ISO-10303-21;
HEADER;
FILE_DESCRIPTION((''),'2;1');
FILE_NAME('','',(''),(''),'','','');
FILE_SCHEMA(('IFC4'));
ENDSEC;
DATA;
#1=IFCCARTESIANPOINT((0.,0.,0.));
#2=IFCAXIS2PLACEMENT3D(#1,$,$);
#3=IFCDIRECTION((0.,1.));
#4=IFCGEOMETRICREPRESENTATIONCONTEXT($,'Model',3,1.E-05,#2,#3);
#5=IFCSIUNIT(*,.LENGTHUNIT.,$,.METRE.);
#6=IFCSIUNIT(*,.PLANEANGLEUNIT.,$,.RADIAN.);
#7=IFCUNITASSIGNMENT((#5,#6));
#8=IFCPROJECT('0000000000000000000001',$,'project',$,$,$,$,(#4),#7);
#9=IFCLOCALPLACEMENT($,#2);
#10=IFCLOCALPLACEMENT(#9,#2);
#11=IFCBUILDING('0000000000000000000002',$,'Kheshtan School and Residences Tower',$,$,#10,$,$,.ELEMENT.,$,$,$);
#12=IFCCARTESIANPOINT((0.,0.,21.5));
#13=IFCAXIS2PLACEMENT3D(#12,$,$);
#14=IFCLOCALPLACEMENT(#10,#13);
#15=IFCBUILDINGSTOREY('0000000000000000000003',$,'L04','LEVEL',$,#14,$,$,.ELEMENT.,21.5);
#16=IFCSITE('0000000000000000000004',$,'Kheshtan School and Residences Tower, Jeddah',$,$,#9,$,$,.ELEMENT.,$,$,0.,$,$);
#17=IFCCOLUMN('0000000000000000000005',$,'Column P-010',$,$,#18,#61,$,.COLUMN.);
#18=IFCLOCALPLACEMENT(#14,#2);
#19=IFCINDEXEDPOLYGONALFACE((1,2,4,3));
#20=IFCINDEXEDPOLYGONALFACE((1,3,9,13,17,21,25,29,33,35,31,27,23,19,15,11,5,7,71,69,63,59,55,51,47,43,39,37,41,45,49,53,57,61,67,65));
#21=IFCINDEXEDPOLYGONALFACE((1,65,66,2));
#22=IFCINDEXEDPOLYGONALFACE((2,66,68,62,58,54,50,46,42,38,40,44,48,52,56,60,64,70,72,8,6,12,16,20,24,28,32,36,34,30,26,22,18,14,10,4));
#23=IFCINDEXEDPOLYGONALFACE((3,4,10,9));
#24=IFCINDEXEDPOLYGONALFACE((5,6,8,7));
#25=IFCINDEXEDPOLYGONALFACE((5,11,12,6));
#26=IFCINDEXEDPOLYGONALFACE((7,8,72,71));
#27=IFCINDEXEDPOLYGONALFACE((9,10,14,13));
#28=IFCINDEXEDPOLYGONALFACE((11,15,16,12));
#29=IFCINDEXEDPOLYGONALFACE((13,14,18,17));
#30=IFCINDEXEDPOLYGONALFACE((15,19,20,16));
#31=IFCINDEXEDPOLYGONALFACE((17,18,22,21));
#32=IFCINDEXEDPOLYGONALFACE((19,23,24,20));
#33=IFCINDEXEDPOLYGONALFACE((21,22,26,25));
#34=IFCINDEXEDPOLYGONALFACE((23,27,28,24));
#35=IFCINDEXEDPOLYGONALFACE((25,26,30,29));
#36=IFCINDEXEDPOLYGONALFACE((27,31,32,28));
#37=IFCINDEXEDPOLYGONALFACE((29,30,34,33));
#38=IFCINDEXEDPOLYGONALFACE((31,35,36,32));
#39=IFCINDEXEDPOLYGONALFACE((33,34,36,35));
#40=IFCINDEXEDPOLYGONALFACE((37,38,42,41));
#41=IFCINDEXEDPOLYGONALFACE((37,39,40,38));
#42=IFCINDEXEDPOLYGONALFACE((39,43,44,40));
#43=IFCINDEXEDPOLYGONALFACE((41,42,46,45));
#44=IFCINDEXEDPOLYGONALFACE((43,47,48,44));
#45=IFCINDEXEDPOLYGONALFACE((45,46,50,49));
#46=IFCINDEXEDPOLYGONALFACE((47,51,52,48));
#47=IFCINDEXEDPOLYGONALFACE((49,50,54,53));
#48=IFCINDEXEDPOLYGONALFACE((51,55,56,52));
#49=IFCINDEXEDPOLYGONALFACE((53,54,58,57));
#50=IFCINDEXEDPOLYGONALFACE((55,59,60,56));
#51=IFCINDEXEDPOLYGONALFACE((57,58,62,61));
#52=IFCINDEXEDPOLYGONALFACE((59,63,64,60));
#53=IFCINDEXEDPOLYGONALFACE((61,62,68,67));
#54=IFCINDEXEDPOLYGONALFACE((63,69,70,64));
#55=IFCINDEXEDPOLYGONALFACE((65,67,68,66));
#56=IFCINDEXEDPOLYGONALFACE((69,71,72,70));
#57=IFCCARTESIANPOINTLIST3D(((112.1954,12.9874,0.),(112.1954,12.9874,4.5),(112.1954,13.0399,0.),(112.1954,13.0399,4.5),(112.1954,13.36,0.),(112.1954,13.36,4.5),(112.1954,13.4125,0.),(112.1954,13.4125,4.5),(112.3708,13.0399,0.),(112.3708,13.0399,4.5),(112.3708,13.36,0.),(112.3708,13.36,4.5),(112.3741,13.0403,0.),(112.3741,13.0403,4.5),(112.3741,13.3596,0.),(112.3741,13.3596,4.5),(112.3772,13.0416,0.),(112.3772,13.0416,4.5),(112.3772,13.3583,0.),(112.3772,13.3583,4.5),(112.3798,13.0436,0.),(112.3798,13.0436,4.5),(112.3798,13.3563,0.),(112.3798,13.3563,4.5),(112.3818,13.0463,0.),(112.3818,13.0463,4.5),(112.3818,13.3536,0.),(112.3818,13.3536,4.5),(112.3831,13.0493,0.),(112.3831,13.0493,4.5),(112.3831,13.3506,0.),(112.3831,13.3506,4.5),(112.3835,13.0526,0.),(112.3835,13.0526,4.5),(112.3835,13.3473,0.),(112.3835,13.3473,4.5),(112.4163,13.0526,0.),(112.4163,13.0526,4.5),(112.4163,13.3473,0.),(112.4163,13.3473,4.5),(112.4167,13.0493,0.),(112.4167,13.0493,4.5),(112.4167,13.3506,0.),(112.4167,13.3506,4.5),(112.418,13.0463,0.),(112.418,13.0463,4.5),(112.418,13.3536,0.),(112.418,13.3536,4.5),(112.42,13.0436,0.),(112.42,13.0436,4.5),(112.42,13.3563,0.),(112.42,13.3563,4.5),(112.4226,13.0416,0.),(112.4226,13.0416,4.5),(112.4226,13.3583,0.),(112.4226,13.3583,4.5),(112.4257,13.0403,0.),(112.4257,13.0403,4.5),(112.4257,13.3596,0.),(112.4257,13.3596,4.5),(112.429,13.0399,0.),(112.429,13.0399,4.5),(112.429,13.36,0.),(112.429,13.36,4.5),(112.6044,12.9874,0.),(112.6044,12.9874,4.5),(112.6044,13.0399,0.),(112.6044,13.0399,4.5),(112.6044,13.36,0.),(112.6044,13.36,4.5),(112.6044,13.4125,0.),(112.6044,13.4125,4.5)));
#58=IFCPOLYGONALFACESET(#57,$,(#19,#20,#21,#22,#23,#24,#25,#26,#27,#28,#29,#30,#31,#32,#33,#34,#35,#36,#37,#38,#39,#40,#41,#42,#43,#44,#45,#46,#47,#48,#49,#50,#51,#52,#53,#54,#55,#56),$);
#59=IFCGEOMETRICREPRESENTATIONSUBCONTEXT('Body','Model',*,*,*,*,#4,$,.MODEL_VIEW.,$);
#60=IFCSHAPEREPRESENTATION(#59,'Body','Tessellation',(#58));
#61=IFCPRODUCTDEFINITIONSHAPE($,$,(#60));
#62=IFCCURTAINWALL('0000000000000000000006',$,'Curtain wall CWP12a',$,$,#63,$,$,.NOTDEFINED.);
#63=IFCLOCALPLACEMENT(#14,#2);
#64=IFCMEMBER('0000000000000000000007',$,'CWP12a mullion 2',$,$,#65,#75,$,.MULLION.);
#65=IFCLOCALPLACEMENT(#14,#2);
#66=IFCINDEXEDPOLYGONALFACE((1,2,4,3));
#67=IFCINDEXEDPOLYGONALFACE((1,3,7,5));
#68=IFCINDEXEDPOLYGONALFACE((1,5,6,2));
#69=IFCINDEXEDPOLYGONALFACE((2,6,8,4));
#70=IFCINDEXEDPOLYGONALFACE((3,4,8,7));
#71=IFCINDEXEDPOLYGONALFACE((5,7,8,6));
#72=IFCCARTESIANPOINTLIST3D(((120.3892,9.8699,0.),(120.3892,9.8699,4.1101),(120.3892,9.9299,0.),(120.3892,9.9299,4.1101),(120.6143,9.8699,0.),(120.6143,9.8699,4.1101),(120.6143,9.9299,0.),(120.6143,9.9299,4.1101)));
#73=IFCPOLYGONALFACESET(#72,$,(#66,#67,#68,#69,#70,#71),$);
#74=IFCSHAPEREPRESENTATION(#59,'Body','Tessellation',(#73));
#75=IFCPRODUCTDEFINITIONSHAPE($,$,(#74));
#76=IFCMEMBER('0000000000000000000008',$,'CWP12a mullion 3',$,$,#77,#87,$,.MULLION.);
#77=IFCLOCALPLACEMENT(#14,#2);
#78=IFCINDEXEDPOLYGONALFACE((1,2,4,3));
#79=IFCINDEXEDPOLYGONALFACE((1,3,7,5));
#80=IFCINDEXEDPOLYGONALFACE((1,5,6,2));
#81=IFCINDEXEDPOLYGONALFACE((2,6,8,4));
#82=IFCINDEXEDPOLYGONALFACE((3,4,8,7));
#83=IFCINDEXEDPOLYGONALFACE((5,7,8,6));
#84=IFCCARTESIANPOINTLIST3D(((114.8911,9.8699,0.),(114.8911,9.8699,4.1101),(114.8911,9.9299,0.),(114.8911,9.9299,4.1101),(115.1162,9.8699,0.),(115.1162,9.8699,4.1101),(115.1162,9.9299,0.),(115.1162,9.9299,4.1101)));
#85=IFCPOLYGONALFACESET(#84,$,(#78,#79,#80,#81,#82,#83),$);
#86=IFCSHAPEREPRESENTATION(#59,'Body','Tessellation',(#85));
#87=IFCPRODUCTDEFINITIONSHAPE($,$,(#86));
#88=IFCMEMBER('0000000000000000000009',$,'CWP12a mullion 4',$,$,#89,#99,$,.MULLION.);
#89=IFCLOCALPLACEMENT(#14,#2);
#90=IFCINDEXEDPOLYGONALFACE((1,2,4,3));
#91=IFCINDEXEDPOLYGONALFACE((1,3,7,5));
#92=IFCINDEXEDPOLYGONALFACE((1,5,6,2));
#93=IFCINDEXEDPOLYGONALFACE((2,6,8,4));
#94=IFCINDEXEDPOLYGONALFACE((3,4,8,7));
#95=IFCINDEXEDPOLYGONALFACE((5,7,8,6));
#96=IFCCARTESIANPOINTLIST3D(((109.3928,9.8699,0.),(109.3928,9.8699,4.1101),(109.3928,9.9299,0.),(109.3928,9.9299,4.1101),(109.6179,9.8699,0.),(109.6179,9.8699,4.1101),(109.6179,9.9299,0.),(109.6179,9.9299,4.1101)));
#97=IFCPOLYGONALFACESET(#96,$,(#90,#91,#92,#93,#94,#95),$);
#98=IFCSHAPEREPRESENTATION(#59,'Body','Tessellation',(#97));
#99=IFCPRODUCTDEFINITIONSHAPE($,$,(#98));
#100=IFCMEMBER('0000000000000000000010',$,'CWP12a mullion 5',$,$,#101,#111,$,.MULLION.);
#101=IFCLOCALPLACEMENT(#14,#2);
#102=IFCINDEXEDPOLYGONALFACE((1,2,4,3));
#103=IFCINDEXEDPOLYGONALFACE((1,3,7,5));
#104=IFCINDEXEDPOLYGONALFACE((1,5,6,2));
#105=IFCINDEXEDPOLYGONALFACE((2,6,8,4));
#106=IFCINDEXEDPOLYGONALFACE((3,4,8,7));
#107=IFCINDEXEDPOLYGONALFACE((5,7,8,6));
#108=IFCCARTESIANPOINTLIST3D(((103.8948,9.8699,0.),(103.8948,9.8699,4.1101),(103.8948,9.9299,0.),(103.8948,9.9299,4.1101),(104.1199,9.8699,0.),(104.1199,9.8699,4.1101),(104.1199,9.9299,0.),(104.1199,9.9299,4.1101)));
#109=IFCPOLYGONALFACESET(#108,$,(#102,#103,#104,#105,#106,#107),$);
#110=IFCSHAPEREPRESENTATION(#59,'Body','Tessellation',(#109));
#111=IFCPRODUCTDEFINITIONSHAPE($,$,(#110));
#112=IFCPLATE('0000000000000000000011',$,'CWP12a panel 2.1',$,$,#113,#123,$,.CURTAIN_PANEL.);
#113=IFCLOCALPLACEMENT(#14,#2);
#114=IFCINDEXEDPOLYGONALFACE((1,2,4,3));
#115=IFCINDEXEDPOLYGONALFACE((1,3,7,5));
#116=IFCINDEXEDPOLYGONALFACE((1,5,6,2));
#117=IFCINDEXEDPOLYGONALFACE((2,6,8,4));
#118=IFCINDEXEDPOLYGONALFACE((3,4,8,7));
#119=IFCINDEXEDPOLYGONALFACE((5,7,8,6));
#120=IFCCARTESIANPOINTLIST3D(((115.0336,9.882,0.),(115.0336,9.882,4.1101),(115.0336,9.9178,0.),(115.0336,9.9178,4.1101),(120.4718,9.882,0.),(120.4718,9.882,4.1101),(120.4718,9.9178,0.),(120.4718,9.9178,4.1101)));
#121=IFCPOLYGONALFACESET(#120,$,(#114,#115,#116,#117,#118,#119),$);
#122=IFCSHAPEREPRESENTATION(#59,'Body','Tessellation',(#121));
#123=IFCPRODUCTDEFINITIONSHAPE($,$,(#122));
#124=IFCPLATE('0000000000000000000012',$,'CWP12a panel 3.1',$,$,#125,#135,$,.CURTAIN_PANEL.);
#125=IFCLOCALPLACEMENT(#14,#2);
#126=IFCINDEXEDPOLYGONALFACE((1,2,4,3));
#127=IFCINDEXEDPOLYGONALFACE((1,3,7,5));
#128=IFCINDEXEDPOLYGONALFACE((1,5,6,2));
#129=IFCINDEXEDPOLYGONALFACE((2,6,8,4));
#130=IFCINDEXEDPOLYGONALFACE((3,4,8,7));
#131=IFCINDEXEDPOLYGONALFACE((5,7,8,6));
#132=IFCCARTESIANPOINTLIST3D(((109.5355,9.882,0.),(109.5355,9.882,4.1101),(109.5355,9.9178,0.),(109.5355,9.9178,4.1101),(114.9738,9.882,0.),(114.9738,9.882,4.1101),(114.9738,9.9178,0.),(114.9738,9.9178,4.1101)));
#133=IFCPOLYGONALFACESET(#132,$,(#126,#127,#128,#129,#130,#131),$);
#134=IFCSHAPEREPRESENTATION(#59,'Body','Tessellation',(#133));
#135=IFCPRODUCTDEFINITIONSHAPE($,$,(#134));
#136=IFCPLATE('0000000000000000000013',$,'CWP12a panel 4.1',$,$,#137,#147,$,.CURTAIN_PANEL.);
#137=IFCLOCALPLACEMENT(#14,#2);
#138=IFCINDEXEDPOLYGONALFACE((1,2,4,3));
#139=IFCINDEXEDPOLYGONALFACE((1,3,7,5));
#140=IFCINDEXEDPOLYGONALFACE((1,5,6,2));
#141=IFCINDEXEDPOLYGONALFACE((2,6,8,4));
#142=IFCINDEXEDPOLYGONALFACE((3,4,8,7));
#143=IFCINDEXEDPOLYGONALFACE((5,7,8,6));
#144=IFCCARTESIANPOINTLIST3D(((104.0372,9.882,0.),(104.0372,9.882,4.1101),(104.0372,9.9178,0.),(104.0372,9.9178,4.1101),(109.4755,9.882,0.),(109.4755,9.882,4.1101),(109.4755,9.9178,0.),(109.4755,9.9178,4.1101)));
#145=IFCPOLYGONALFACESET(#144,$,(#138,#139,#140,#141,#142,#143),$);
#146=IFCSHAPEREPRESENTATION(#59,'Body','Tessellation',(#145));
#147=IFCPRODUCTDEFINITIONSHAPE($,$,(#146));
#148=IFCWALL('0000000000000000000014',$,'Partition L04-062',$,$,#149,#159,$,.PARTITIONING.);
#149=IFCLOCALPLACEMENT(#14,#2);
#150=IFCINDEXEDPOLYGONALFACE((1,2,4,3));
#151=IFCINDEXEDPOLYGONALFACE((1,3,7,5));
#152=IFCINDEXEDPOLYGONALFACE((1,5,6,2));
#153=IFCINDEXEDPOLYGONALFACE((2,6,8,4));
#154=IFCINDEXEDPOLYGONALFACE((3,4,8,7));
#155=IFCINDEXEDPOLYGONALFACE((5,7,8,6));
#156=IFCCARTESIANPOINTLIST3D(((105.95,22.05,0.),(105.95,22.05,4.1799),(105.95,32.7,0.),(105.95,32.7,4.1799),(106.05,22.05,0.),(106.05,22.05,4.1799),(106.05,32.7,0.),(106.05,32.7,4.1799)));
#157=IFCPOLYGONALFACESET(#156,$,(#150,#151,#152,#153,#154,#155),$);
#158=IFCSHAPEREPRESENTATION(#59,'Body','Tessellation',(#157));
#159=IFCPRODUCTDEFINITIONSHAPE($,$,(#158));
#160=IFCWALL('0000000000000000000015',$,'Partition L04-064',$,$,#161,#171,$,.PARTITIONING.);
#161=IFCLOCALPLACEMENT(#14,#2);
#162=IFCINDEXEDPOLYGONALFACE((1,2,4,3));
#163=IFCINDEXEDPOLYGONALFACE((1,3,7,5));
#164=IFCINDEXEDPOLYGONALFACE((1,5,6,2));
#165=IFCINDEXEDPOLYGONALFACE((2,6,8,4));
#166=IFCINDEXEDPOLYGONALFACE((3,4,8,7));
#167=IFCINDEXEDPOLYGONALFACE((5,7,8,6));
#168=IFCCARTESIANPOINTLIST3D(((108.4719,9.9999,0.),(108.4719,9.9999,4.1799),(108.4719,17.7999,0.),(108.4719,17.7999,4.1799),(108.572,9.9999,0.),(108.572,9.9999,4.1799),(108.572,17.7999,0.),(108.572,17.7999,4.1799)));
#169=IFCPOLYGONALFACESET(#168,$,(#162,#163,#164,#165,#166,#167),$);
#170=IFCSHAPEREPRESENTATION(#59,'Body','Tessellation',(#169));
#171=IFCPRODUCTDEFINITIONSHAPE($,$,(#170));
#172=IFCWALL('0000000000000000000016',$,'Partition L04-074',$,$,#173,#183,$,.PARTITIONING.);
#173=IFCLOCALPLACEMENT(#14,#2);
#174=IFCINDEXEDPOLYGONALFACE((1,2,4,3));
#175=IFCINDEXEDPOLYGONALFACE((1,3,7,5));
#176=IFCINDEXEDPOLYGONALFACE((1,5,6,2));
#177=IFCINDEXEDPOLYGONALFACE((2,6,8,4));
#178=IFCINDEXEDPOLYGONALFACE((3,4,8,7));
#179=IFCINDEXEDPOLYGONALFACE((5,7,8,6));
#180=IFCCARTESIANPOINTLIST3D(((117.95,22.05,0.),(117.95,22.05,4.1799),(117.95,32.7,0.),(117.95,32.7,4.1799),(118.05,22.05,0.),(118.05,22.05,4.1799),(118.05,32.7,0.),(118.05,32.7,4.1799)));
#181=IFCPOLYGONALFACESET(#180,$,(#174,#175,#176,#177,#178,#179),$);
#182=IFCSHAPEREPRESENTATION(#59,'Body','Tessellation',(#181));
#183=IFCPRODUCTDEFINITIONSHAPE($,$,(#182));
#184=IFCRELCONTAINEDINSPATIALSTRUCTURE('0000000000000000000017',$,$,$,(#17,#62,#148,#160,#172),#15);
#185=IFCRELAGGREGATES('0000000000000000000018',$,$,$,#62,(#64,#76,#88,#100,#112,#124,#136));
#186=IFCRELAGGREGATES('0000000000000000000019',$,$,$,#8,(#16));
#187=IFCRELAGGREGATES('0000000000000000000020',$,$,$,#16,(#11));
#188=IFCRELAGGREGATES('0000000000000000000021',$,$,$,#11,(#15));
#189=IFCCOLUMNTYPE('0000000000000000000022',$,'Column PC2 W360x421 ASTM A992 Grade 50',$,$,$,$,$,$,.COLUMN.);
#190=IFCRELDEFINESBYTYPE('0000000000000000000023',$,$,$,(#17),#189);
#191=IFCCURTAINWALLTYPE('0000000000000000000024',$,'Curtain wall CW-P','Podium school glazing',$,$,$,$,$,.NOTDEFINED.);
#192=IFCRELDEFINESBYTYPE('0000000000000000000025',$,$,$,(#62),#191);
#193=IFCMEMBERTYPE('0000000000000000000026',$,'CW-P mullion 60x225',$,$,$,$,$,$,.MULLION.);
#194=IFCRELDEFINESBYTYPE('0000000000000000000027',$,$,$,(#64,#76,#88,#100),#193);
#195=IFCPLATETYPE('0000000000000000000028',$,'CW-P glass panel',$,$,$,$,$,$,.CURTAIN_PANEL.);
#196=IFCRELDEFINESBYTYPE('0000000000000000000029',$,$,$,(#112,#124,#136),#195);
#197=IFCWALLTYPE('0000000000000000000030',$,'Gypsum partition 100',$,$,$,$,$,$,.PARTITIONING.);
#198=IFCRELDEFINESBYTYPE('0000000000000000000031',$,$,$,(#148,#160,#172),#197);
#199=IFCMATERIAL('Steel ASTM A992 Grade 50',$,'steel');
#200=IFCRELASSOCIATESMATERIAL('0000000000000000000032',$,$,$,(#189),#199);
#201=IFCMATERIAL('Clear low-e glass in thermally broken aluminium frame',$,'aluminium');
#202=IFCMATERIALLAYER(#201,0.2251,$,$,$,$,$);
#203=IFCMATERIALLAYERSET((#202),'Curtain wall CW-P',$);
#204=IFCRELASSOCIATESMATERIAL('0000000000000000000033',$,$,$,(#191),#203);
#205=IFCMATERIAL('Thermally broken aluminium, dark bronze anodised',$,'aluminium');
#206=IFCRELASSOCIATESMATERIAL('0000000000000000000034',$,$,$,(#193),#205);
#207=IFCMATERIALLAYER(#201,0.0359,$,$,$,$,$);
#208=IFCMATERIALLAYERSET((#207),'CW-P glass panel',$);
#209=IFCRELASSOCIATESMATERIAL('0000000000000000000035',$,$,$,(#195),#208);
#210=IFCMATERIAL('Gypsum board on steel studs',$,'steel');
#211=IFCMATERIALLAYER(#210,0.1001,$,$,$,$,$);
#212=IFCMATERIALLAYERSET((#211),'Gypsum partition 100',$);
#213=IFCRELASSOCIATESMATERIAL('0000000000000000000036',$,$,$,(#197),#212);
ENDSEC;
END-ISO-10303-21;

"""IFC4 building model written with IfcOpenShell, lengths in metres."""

from ifc_helpers import new_model, si_unit, direction, frame, frame_2d, origin, origin_2d, place, context, subcontext, project, spatial, rectangle, i_section, extrude, material, layer, layer_set, material_profile, profile_set, type_object, element, aggregate, save


model = new_model("IFC4")

# Units and contexts
model_context = context("Model", 3, precision=1e-05, world=origin(), true_north=direction((0.0, 1.0)))
body_context = subcontext(model_context, "Body", "Model", "MODEL_VIEW")
ifc_project = project(units=[si_unit("LENGTHUNIT", "METRE"), si_unit("PLANEANGLEUNIT", "RADIAN")], contexts=[model_context])

# Site, building, storey
site_placement = place(None, origin())
site = spatial("IfcSite", under=ifc_project, at=site_placement, Name="Kheshtan School and Residences Tower, Jeddah", CompositionType="ELEMENT", RefElevation=0.0)
building_placement = place(site_placement, origin())
building = spatial("IfcBuilding", under=site, at=building_placement, Name="Kheshtan School and Residences Tower", CompositionType="ELEMENT")
storey_placement = place(building_placement, frame((0.0, 0.0, 21.5)))
storey = spatial("IfcBuildingStorey", under=building, at=storey_placement, Name="L04", Description="LEVEL", CompositionType="ELEMENT", Elevation=21.5)

# Column
ifc_material_1 = material(Name="Steel ASTM A992 Grade 50", Category="steel")
ifc_material_profile_1 = material_profile(ifc_material_1, i_section(OverallWidth=0.4089, OverallDepth=0.425, WebThickness=0.0327, FlangeThickness=0.0525, FilletRadius=0.0127, at=origin_2d()), Name="W360x421")
ifc_profile_set_1 = profile_set([ifc_material_profile_1], Name="Steel ASTM A992 Grade 50")
column_type = type_object("IfcColumnType", Name="Column PC2 W360x421 ASTM A992 Grade 50", PredefinedType="COLUMN", material=ifc_profile_set_1)
column_placement = place(storey_placement, frame((112.3999, 13.2, 0.0), z_axis=(0.0, 0.0, 1.0), x_axis=(1.0, 0.0, 0.0)))
element("IfcColumn", 1, at=column_placement, inside=storey, type_object=column_type, Name="Column P-010", PredefinedType="COLUMN", context=body_context, shape_type="SweptSolid", body=[
    extrude(i_section(OverallWidth=0.4089, OverallDepth=0.425, WebThickness=0.0327, FlangeThickness=0.0525, FilletRadius=0.0127, at=origin_2d()), origin(), (0.0, 0.0, 1.0), 4.5),
])

# Curtain wall, members, plates
ifc_material_2 = material(Name="Clear low-e glass in thermally broken aluminium frame", Category="aluminium")
ifc_layer_1 = layer(ifc_material_2, 0.2251)
ifc_layer_set_1 = layer_set([ifc_layer_1], Name="Curtain wall CW-P")
curtain_wall_type = type_object("IfcCurtainWallType", Name="Curtain wall CW-P", Description="Podium school glazing", PredefinedType="NOTDEFINED", material=ifc_layer_set_1)
curtain_wall_placement = place(storey_placement, origin())
curtain_wall = element("IfcCurtainWall", 2, at=curtain_wall_placement, inside=storey, type_object=curtain_wall_type, Name="Curtain wall CWP12a", PredefinedType="NOTDEFINED")
ifc_material_3 = material(Name="Thermally broken aluminium, dark bronze anodised", Category="aluminium")
ifc_material_profile_2 = material_profile(ifc_material_3, rectangle(XDim=0.0601, YDim=0.2251, at=origin_2d()), Name="CW-P mullion 60x225")
ifc_profile_set_2 = profile_set([ifc_material_profile_2], Name="Thermally broken aluminium, dark bronze anodised")
member_type = type_object("IfcMemberType", Name="CW-P mullion 60x225", PredefinedType="MULLION", material=ifc_profile_set_2)
member_1_placement = place(storey_placement, frame((120.5017, 9.8999, 0.0), z_axis=(0.0, 0.0, 1.0), x_axis=(0.0, -1.0, 0.0)))
member_1 = element("IfcMember", 3, at=member_1_placement, type_object=member_type, Name="CWP12a mullion 2", PredefinedType="MULLION", context=body_context, shape_type="SweptSolid", body=[
    extrude(rectangle(XDim=0.0601, YDim=0.2251, at=origin_2d()), origin(), (0.0, 0.0, 1.0), 4.1101),
])
member_2_placement = place(storey_placement, frame((115.0037, 9.8999, 0.0), z_axis=(0.0, 0.0, 1.0), x_axis=(0.0, -1.0, 0.0)))
member_2 = element("IfcMember", 4, at=member_2_placement, type_object=member_type, Name="CWP12a mullion 3", PredefinedType="MULLION", context=body_context, shape_type="SweptSolid", body=[
    extrude(rectangle(XDim=0.0601, YDim=0.2251, at=origin_2d()), origin(), (0.0, 0.0, 1.0), 4.1101),
])
member_3_placement = place(storey_placement, frame((109.5054, 9.8999, 0.0), z_axis=(0.0, 0.0, 1.0), x_axis=(0.0, -1.0, 0.0)))
member_3 = element("IfcMember", 5, at=member_3_placement, type_object=member_type, Name="CWP12a mullion 4", PredefinedType="MULLION", context=body_context, shape_type="SweptSolid", body=[
    extrude(rectangle(XDim=0.0601, YDim=0.2251, at=origin_2d()), origin(), (0.0, 0.0, 1.0), 4.1101),
])
member_4_placement = place(storey_placement, frame((104.0073, 9.8999, 0.0), z_axis=(0.0, 0.0, 1.0), x_axis=(0.0, -1.0, 0.0)))
member_4 = element("IfcMember", 6, at=member_4_placement, type_object=member_type, Name="CWP12a mullion 5", PredefinedType="MULLION", context=body_context, shape_type="SweptSolid", body=[
    extrude(rectangle(XDim=0.0601, YDim=0.2251, at=origin_2d()), origin(), (0.0, 0.0, 1.0), 4.1101),
])
ifc_layer_2 = layer(ifc_material_2, 0.0359)
ifc_layer_set_2 = layer_set([ifc_layer_2], Name="CW-P glass panel")
plate_type = type_object("IfcPlateType", Name="CW-P glass panel", PredefinedType="CURTAIN_PANEL", material=ifc_layer_set_2)
plate_1_placement = place(storey_placement, frame((117.7527, 9.8999, 0.0), z_axis=(0.0, 0.0, 1.0), x_axis=(-1.0, 0.0, 0.0)))
plate_1 = element("IfcPlate", 7, at=plate_1_placement, type_object=plate_type, Name="CWP12a panel 2.1", PredefinedType="CURTAIN_PANEL", context=body_context, shape_type="SweptSolid", body=[
    extrude(rectangle(XDim=5.4382, YDim=0.0359, at=origin_2d()), origin(), (0.0, 0.0, 1.0), 4.1101),
])
plate_2_placement = place(storey_placement, frame((112.2546, 9.8999, 0.0), z_axis=(0.0, 0.0, 1.0), x_axis=(-1.0, 0.0, 0.0)))
plate_2 = element("IfcPlate", 8, at=plate_2_placement, type_object=plate_type, Name="CWP12a panel 3.1", PredefinedType="CURTAIN_PANEL", context=body_context, shape_type="SweptSolid", body=[
    extrude(rectangle(XDim=5.4382, YDim=0.0359, at=origin_2d()), origin(), (0.0, 0.0, 1.0), 4.1101),
])
plate_3_placement = place(storey_placement, frame((106.7563, 9.8999, 0.0), z_axis=(0.0, 0.0, 1.0), x_axis=(-1.0, 0.0, 0.0)))
plate_3 = element("IfcPlate", 9, at=plate_3_placement, type_object=plate_type, Name="CWP12a panel 4.1", PredefinedType="CURTAIN_PANEL", context=body_context, shape_type="SweptSolid", body=[
    extrude(rectangle(XDim=5.4382, YDim=0.0359, at=origin_2d()), origin(), (0.0, 0.0, 1.0), 4.1101),
])
aggregate(curtain_wall, [member_1, member_2, member_3, member_4, plate_1, plate_2, plate_3])

# Walls
ifc_material_4 = material(Name="Gypsum board on steel studs", Category="steel")
ifc_layer_3 = layer(ifc_material_4, 0.1001)
ifc_layer_set_3 = layer_set([ifc_layer_3], Name="Gypsum partition 100")
wall_type_1 = type_object("IfcWallType", Name="Gypsum partition 100", PredefinedType="PARTITIONING", material=ifc_layer_set_3)
wall_1_placement = place(storey_placement, frame((106.0, 22.05, 0.0), z_axis=(0.0, 0.0, 1.0), x_axis=(0.0, 1.0, 0.0)))
element("IfcWall", 10, at=wall_1_placement, inside=storey, type_object=wall_type_1, Name="Partition L04-062", PredefinedType="PARTITIONING", context=body_context, shape_type="SweptSolid", body=[
    extrude(rectangle(XDim=10.6499, YDim=0.1001, at=frame_2d((5.325, 0.0))), origin(), (0.0, 0.0, 1.0), 4.1799),
])
wall_2_placement = place(storey_placement, frame((108.522, 10.0, 0.0), z_axis=(0.0, 0.0, 1.0), x_axis=(0.0, 1.0, 0.0)))
element("IfcWall", 11, at=wall_2_placement, inside=storey, type_object=wall_type_1, Name="Partition L04-064", PredefinedType="PARTITIONING", context=body_context, shape_type="SweptSolid", body=[
    extrude(rectangle(XDim=7.8, YDim=0.1001, at=frame_2d((3.8999, 0.0))), origin(), (0.0, 0.0, 1.0), 4.1799),
])
wall_3_placement = place(storey_placement, frame((118.0, 22.05, 0.0), z_axis=(0.0, 0.0, 1.0), x_axis=(0.0, 1.0, 0.0)))
element("IfcWall", 12, at=wall_3_placement, inside=storey, type_object=wall_type_1, Name="Partition L04-074", PredefinedType="PARTITIONING", context=body_context, shape_type="SweptSolid", body=[
    extrude(rectangle(XDim=10.6499, YDim=0.1001, at=frame_2d((5.325, 0.0))), origin(), (0.0, 0.0, 1.0), 4.1799),
])

save(model, "model.ifc")
